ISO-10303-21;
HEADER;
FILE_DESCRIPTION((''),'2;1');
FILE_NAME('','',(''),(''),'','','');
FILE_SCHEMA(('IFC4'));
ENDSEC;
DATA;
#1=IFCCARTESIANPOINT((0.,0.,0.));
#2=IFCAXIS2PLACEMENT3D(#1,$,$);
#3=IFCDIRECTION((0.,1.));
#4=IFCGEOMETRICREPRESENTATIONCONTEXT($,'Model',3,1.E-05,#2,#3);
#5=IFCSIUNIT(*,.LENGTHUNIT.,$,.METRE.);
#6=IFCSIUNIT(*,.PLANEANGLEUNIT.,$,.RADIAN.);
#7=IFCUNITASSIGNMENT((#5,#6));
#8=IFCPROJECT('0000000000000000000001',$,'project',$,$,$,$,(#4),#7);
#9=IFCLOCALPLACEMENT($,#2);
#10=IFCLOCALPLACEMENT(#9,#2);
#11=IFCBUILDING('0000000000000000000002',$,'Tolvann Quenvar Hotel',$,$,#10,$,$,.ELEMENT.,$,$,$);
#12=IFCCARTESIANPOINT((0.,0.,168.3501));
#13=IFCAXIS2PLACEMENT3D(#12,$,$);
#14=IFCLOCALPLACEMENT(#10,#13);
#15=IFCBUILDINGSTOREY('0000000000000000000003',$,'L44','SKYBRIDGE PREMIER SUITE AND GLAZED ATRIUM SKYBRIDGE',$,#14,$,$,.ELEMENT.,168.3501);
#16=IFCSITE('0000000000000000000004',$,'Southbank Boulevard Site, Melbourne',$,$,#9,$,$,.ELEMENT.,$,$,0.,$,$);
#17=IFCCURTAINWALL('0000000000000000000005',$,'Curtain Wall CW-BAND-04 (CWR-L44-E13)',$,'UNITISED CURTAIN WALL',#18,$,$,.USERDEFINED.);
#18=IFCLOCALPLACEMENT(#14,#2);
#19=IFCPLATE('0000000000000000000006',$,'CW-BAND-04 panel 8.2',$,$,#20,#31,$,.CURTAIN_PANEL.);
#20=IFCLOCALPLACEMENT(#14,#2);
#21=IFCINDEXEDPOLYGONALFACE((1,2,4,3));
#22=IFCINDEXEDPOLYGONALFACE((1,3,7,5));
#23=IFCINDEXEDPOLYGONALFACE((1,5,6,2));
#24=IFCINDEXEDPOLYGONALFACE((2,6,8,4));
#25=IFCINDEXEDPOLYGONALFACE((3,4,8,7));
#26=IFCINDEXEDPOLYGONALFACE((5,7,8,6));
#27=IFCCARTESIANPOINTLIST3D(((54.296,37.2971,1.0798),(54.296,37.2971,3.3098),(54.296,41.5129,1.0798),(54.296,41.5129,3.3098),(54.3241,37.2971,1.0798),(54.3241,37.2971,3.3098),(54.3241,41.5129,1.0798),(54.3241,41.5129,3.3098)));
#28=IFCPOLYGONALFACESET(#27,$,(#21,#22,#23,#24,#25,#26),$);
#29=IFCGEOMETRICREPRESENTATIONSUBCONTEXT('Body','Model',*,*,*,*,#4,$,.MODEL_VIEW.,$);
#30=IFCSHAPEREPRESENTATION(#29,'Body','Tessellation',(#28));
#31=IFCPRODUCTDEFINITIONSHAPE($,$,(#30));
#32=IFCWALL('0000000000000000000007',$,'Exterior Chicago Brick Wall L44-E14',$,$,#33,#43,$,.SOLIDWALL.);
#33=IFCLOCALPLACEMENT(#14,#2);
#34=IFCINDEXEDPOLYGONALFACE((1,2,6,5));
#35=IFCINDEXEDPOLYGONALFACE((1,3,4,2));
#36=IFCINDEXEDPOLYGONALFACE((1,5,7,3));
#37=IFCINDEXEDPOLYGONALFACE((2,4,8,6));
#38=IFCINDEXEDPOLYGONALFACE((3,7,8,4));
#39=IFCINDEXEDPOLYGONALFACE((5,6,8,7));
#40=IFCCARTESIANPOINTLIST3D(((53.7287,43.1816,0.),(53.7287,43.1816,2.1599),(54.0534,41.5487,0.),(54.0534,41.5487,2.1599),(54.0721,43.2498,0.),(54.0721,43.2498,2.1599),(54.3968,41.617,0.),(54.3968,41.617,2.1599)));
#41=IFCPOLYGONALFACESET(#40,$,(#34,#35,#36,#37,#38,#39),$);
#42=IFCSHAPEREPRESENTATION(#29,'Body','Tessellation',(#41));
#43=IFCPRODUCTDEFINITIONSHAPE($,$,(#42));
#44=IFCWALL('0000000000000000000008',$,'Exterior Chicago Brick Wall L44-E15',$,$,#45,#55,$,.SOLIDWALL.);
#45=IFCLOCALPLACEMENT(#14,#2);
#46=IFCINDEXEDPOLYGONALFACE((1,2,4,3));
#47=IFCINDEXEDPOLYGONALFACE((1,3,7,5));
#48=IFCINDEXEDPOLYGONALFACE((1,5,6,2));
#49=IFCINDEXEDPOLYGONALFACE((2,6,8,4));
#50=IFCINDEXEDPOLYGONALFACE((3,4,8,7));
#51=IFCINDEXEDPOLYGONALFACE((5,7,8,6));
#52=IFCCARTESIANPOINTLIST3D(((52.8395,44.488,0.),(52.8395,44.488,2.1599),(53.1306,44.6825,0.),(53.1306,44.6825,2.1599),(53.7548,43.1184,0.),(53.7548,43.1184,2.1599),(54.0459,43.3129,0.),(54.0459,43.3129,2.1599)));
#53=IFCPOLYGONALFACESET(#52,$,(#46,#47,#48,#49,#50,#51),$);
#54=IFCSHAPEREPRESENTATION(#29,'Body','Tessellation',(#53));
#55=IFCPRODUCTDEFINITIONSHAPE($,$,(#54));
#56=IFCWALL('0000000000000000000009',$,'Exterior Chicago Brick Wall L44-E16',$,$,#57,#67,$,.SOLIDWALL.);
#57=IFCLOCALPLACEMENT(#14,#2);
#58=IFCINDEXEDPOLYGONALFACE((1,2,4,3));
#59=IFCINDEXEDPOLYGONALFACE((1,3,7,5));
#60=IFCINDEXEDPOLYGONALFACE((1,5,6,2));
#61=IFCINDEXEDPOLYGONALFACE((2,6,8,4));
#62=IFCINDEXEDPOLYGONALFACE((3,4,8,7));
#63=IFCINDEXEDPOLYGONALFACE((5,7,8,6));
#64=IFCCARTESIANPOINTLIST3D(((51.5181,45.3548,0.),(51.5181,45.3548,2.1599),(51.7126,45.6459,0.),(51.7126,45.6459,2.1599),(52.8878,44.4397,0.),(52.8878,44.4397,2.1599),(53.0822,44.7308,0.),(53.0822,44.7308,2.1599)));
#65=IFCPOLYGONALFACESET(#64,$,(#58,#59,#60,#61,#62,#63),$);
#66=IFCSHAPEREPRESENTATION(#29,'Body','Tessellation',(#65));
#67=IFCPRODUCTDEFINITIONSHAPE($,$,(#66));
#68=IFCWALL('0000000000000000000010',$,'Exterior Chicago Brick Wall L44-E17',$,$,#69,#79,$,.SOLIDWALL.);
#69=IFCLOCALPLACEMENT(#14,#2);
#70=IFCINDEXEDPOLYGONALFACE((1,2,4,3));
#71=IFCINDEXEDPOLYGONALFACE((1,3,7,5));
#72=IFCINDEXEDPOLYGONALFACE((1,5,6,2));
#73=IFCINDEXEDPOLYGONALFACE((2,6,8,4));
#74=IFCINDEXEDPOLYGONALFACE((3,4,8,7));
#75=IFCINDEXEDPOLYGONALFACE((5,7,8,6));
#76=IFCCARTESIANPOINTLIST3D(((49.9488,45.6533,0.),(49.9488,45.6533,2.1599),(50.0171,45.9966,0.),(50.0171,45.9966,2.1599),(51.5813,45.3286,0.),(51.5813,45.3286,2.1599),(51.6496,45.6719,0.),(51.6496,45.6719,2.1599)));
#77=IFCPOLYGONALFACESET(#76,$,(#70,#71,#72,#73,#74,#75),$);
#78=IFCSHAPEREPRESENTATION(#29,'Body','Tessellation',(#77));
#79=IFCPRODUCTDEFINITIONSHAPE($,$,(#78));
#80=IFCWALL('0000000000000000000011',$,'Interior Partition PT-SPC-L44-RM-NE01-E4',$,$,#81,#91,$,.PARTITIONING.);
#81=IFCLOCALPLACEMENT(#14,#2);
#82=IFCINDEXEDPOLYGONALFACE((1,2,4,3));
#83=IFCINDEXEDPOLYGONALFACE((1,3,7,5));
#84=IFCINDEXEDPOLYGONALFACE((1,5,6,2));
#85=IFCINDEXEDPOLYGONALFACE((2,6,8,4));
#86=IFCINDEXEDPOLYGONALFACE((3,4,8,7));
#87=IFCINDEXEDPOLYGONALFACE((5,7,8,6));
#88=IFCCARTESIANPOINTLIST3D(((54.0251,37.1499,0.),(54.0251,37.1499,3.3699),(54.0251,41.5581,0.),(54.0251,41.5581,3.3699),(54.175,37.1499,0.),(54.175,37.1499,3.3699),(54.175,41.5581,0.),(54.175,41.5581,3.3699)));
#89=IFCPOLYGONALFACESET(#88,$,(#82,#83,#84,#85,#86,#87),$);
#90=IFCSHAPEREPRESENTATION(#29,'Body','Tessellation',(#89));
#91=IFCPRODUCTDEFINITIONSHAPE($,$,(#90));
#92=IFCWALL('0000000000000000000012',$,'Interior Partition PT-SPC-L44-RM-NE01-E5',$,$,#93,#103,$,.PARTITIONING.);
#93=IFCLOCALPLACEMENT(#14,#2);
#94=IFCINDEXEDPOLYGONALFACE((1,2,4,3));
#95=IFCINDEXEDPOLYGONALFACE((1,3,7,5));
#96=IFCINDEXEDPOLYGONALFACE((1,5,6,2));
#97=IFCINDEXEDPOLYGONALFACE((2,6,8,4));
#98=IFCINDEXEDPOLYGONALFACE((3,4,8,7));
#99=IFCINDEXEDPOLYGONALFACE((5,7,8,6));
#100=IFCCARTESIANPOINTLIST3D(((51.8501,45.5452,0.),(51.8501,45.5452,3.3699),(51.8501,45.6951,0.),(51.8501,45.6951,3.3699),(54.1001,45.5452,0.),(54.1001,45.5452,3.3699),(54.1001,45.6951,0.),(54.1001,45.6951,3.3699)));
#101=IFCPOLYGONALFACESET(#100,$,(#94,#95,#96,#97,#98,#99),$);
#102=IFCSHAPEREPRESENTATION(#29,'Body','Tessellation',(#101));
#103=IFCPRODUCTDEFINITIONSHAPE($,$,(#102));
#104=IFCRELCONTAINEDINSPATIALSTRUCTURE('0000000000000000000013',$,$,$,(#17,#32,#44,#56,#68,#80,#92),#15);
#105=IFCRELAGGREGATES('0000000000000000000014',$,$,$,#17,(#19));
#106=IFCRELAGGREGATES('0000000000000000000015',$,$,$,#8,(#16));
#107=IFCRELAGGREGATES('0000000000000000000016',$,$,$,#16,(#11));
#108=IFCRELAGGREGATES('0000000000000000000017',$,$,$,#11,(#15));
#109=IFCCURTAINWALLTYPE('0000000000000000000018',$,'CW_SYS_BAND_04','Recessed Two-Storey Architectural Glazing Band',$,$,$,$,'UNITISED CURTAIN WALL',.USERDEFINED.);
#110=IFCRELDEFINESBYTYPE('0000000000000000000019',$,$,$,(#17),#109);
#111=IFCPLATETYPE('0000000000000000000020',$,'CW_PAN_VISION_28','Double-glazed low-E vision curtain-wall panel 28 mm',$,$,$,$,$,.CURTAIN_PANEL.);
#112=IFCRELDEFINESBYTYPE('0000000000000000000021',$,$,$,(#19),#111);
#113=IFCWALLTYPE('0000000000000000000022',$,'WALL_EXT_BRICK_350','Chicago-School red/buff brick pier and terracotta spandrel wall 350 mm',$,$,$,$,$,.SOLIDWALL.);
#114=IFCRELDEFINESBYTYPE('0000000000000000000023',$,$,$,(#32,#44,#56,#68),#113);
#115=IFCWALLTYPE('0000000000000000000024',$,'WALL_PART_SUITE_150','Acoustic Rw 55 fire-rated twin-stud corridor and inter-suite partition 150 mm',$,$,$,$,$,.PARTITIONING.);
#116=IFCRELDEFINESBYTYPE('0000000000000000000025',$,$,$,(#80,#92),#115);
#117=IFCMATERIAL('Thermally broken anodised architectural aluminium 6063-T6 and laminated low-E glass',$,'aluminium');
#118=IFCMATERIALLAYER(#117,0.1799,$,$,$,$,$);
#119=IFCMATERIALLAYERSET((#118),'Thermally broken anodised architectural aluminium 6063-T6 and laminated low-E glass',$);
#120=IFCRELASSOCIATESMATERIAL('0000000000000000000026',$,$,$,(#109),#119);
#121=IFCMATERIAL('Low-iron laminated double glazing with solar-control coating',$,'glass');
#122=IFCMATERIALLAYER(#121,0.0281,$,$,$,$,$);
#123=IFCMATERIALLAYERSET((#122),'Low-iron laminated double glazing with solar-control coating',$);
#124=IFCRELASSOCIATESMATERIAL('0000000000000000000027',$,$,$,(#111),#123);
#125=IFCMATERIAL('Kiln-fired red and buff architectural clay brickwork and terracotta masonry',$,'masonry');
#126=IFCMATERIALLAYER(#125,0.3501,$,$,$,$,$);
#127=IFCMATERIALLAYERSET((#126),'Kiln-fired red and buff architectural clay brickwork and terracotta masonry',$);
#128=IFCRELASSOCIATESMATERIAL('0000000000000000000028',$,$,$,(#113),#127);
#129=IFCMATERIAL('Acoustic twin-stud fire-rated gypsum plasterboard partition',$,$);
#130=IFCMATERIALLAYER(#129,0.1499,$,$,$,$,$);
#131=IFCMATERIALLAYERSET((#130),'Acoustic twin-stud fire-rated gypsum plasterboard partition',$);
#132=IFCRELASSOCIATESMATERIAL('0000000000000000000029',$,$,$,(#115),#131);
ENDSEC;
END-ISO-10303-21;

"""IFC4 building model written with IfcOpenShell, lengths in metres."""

from ifc_helpers import new_model, si_unit, direction, frame, frame_2d, origin, origin_2d, place, context, subcontext, project, spatial, rectangle, extrude, source, transform, mapped, material, layer, layer_set, type_object, element, aggregate, save


model = new_model("IFC4")

# Units and contexts
model_context = context("Model", 3, precision=1e-05, world=origin(), true_north=direction((0.0, 1.0)))
body_context = subcontext(model_context, "Body", "Model", "MODEL_VIEW")
ifc_project = project(units=[si_unit("LENGTHUNIT", "METRE"), si_unit("PLANEANGLEUNIT", "RADIAN")], contexts=[model_context])

# Site, building, storey
site_placement = place(None, origin())
site = spatial("IfcSite", under=ifc_project, at=site_placement, Name="Southbank Boulevard Site, Melbourne", CompositionType="ELEMENT", RefElevation=0.0)
building_placement = place(site_placement, origin())
building = spatial("IfcBuilding", under=site, at=building_placement, Name="Tolvann Quenvar Hotel", CompositionType="ELEMENT")
storey_placement = place(building_placement, frame((0.0, 0.0, 168.3501)))
storey = spatial("IfcBuildingStorey", under=building, at=storey_placement, Name="L44", Description="SKYBRIDGE PREMIER SUITE AND GLAZED ATRIUM SKYBRIDGE", CompositionType="ELEMENT", Elevation=168.3501)

# Curtain wall, plate
ifc_material_1 = material(Name="Thermally broken anodised architectural aluminium 6063-T6 and laminated low-E glass", Category="aluminium")
ifc_layer_1 = layer(ifc_material_1, 0.1799)
ifc_layer_set_1 = layer_set([ifc_layer_1], Name="Thermally broken anodised architectural aluminium 6063-T6 and laminated low-E glass")
curtain_wall_type = type_object("IfcCurtainWallType", Name="CW_SYS_BAND_04", Description="Recessed Two-Storey Architectural Glazing Band", ElementType="UNITISED CURTAIN WALL", PredefinedType="USERDEFINED", material=ifc_layer_set_1)
curtain_wall_placement = place(storey_placement, origin())
curtain_wall = element("IfcCurtainWall", 1, at=curtain_wall_placement, inside=storey, type_object=curtain_wall_type, Name="Curtain Wall CW-BAND-04 (CWR-L44-E13)", ObjectType="UNITISED CURTAIN WALL", PredefinedType="USERDEFINED")
ifc_material_2 = material(Name="Low-iron laminated double glazing with solar-control coating", Category="glass")
ifc_layer_2 = layer(ifc_material_2, 0.0281)
ifc_layer_set_2 = layer_set([ifc_layer_2], Name="Low-iron laminated double glazing with solar-control coating")
plate_type = type_object("IfcPlateType", Name="CW_PAN_VISION_28", Description="Double-glazed low-E vision curtain-wall panel 28 mm", PredefinedType="CURTAIN_PANEL", material=ifc_layer_set_2)
shared_shape_1 = source(origin(), body_context, "Body", "SweptSolid", [
    extrude(rectangle(XDim=4.2158, YDim=0.0281, at=origin_2d()), origin(), (0.0, 0.0, 1.0), 2.23),
])
plate_1_placement = place(storey_placement, frame((54.3101, 39.405, 1.0798), z_axis=(0.0, 0.0, 1.0), x_axis=(0.0, 1.0, 0.0)))
plate_1 = element("IfcPlate", 2, at=plate_1_placement, type_object=plate_type, Name="CW-BAND-04 panel 8.2", PredefinedType="CURTAIN_PANEL", context=body_context, shape_type="MappedRepresentation", body=[
    mapped(shared_shape_1, transform((0.0, 0.0, 0.0), x_axis=(1.0, 0.0, 0.0), y_axis=(0.0, 1.0, 0.0), z_axis=(0.0, 0.0, 1.0), scale=1.0)),
])
aggregate(curtain_wall, [plate_1])

# Walls
ifc_material_3 = material(Name="Kiln-fired red and buff architectural clay brickwork and terracotta masonry", Category="masonry")
ifc_layer_3 = layer(ifc_material_3, 0.3501)
ifc_layer_set_3 = layer_set([ifc_layer_3], Name="Kiln-fired red and buff architectural clay brickwork and terracotta masonry")
wall_type_1 = type_object("IfcWallType", Name="WALL_EXT_BRICK_350", Description="Chicago-School red/buff brick pier and terracotta spandrel wall 350 mm", PredefinedType="SOLIDWALL", material=ifc_layer_set_3)
wall_1_placement = place(storey_placement, frame((54.2251, 41.5828, 0.0), z_axis=(0.0, 0.0, 1.0), x_axis=(-0.195044, 0.980794, 0.0)))
element("IfcWall", 3, at=wall_1_placement, inside=storey, type_object=wall_type_1, Name="Exterior Chicago Brick Wall L44-E14", PredefinedType="SOLIDWALL", context=body_context, shape_type="SweptSolid", body=[
    extrude(rectangle(XDim=1.6648, YDim=0.3501, at=frame_2d((0.8325, 0.0))), origin(), (0.0, 0.0, 1.0), 2.1599),
])
for number, where, z_axis, x_axis, name in (
    (4, (53.9004, 43.2156, 0.0), (0.0, 0.0, 1.0), (-0.555623, 0.831434, 0.0), "Exterior Chicago Brick Wall L44-E15"),
    (5, (52.9851, 44.5852, 0.0), (0.0, 0.0, 1.0), (-0.831503, 0.555521, 0.0), "Exterior Chicago Brick Wall L44-E16"),
):
    element("IfcWall", number, at=place(storey_placement, frame(where, z_axis=z_axis, x_axis=x_axis)), inside=storey, type_object=wall_type_1, Name=name, PredefinedType="SOLIDWALL", context=body_context, shape_type="SweptSolid", body=[
        extrude(rectangle(XDim=1.6472, YDim=0.3501, at=frame_2d((0.8237, 0.0))), origin(), (0.0, 0.0, 1.0), 2.1599),
    ])
wall_2_placement = place(storey_placement, frame((51.6155, 45.5002, 0.0), z_axis=(0.0, 0.0, 1.0), x_axis=(-0.980789, 0.195072, 0.0)))
element("IfcWall", 6, at=wall_2_placement, inside=storey, type_object=wall_type_1, Name="Exterior Chicago Brick Wall L44-E17", PredefinedType="SOLIDWALL", context=body_context, shape_type="SweptSolid", body=[
    extrude(rectangle(XDim=1.6646, YDim=0.3501, at=frame_2d((0.8323, 0.0))), origin(), (0.0, 0.0, 1.0), 2.1599),
])

# Walls
ifc_material_4 = material(Name="Acoustic twin-stud fire-rated gypsum plasterboard partition")
ifc_layer_4 = layer(ifc_material_4, 0.1499)
ifc_layer_set_4 = layer_set([ifc_layer_4], Name="Acoustic twin-stud fire-rated gypsum plasterboard partition")
wall_type_2 = type_object("IfcWallType", Name="WALL_PART_SUITE_150", Description="Acoustic Rw 55 fire-rated twin-stud corridor and inter-suite partition 150 mm", PredefinedType="PARTITIONING", material=ifc_layer_set_4)
wall_3_placement = place(storey_placement, frame((54.1001, 37.1499, 0.0), z_axis=(0.0, 0.0, 1.0), x_axis=(0.0, 1.0, 0.0)))
element("IfcWall", 7, at=wall_3_placement, inside=storey, type_object=wall_type_2, Name="Interior Partition PT-SPC-L44-RM-NE01-E4", PredefinedType="PARTITIONING", context=body_context, shape_type="SweptSolid", body=[
    extrude(rectangle(XDim=4.4082, YDim=0.1499, at=frame_2d((2.2041, 0.0))), origin(), (0.0, 0.0, 1.0), 3.3699),
])
wall_4_placement = place(storey_placement, frame((51.8501, 45.6201, 0.0), z_axis=(0.0, 0.0, 1.0), x_axis=(1.0, 0.0, 0.0)))
element("IfcWall", 8, at=wall_4_placement, inside=storey, type_object=wall_type_2, Name="Interior Partition PT-SPC-L44-RM-NE01-E5", PredefinedType="PARTITIONING", context=body_context, shape_type="SweptSolid", body=[
    extrude(rectangle(XDim=2.25, YDim=0.1499, at=frame_2d((1.125, 0.0))), origin(), (0.0, 0.0, 1.0), 3.3699),
])

save(model, "model.ifc")
